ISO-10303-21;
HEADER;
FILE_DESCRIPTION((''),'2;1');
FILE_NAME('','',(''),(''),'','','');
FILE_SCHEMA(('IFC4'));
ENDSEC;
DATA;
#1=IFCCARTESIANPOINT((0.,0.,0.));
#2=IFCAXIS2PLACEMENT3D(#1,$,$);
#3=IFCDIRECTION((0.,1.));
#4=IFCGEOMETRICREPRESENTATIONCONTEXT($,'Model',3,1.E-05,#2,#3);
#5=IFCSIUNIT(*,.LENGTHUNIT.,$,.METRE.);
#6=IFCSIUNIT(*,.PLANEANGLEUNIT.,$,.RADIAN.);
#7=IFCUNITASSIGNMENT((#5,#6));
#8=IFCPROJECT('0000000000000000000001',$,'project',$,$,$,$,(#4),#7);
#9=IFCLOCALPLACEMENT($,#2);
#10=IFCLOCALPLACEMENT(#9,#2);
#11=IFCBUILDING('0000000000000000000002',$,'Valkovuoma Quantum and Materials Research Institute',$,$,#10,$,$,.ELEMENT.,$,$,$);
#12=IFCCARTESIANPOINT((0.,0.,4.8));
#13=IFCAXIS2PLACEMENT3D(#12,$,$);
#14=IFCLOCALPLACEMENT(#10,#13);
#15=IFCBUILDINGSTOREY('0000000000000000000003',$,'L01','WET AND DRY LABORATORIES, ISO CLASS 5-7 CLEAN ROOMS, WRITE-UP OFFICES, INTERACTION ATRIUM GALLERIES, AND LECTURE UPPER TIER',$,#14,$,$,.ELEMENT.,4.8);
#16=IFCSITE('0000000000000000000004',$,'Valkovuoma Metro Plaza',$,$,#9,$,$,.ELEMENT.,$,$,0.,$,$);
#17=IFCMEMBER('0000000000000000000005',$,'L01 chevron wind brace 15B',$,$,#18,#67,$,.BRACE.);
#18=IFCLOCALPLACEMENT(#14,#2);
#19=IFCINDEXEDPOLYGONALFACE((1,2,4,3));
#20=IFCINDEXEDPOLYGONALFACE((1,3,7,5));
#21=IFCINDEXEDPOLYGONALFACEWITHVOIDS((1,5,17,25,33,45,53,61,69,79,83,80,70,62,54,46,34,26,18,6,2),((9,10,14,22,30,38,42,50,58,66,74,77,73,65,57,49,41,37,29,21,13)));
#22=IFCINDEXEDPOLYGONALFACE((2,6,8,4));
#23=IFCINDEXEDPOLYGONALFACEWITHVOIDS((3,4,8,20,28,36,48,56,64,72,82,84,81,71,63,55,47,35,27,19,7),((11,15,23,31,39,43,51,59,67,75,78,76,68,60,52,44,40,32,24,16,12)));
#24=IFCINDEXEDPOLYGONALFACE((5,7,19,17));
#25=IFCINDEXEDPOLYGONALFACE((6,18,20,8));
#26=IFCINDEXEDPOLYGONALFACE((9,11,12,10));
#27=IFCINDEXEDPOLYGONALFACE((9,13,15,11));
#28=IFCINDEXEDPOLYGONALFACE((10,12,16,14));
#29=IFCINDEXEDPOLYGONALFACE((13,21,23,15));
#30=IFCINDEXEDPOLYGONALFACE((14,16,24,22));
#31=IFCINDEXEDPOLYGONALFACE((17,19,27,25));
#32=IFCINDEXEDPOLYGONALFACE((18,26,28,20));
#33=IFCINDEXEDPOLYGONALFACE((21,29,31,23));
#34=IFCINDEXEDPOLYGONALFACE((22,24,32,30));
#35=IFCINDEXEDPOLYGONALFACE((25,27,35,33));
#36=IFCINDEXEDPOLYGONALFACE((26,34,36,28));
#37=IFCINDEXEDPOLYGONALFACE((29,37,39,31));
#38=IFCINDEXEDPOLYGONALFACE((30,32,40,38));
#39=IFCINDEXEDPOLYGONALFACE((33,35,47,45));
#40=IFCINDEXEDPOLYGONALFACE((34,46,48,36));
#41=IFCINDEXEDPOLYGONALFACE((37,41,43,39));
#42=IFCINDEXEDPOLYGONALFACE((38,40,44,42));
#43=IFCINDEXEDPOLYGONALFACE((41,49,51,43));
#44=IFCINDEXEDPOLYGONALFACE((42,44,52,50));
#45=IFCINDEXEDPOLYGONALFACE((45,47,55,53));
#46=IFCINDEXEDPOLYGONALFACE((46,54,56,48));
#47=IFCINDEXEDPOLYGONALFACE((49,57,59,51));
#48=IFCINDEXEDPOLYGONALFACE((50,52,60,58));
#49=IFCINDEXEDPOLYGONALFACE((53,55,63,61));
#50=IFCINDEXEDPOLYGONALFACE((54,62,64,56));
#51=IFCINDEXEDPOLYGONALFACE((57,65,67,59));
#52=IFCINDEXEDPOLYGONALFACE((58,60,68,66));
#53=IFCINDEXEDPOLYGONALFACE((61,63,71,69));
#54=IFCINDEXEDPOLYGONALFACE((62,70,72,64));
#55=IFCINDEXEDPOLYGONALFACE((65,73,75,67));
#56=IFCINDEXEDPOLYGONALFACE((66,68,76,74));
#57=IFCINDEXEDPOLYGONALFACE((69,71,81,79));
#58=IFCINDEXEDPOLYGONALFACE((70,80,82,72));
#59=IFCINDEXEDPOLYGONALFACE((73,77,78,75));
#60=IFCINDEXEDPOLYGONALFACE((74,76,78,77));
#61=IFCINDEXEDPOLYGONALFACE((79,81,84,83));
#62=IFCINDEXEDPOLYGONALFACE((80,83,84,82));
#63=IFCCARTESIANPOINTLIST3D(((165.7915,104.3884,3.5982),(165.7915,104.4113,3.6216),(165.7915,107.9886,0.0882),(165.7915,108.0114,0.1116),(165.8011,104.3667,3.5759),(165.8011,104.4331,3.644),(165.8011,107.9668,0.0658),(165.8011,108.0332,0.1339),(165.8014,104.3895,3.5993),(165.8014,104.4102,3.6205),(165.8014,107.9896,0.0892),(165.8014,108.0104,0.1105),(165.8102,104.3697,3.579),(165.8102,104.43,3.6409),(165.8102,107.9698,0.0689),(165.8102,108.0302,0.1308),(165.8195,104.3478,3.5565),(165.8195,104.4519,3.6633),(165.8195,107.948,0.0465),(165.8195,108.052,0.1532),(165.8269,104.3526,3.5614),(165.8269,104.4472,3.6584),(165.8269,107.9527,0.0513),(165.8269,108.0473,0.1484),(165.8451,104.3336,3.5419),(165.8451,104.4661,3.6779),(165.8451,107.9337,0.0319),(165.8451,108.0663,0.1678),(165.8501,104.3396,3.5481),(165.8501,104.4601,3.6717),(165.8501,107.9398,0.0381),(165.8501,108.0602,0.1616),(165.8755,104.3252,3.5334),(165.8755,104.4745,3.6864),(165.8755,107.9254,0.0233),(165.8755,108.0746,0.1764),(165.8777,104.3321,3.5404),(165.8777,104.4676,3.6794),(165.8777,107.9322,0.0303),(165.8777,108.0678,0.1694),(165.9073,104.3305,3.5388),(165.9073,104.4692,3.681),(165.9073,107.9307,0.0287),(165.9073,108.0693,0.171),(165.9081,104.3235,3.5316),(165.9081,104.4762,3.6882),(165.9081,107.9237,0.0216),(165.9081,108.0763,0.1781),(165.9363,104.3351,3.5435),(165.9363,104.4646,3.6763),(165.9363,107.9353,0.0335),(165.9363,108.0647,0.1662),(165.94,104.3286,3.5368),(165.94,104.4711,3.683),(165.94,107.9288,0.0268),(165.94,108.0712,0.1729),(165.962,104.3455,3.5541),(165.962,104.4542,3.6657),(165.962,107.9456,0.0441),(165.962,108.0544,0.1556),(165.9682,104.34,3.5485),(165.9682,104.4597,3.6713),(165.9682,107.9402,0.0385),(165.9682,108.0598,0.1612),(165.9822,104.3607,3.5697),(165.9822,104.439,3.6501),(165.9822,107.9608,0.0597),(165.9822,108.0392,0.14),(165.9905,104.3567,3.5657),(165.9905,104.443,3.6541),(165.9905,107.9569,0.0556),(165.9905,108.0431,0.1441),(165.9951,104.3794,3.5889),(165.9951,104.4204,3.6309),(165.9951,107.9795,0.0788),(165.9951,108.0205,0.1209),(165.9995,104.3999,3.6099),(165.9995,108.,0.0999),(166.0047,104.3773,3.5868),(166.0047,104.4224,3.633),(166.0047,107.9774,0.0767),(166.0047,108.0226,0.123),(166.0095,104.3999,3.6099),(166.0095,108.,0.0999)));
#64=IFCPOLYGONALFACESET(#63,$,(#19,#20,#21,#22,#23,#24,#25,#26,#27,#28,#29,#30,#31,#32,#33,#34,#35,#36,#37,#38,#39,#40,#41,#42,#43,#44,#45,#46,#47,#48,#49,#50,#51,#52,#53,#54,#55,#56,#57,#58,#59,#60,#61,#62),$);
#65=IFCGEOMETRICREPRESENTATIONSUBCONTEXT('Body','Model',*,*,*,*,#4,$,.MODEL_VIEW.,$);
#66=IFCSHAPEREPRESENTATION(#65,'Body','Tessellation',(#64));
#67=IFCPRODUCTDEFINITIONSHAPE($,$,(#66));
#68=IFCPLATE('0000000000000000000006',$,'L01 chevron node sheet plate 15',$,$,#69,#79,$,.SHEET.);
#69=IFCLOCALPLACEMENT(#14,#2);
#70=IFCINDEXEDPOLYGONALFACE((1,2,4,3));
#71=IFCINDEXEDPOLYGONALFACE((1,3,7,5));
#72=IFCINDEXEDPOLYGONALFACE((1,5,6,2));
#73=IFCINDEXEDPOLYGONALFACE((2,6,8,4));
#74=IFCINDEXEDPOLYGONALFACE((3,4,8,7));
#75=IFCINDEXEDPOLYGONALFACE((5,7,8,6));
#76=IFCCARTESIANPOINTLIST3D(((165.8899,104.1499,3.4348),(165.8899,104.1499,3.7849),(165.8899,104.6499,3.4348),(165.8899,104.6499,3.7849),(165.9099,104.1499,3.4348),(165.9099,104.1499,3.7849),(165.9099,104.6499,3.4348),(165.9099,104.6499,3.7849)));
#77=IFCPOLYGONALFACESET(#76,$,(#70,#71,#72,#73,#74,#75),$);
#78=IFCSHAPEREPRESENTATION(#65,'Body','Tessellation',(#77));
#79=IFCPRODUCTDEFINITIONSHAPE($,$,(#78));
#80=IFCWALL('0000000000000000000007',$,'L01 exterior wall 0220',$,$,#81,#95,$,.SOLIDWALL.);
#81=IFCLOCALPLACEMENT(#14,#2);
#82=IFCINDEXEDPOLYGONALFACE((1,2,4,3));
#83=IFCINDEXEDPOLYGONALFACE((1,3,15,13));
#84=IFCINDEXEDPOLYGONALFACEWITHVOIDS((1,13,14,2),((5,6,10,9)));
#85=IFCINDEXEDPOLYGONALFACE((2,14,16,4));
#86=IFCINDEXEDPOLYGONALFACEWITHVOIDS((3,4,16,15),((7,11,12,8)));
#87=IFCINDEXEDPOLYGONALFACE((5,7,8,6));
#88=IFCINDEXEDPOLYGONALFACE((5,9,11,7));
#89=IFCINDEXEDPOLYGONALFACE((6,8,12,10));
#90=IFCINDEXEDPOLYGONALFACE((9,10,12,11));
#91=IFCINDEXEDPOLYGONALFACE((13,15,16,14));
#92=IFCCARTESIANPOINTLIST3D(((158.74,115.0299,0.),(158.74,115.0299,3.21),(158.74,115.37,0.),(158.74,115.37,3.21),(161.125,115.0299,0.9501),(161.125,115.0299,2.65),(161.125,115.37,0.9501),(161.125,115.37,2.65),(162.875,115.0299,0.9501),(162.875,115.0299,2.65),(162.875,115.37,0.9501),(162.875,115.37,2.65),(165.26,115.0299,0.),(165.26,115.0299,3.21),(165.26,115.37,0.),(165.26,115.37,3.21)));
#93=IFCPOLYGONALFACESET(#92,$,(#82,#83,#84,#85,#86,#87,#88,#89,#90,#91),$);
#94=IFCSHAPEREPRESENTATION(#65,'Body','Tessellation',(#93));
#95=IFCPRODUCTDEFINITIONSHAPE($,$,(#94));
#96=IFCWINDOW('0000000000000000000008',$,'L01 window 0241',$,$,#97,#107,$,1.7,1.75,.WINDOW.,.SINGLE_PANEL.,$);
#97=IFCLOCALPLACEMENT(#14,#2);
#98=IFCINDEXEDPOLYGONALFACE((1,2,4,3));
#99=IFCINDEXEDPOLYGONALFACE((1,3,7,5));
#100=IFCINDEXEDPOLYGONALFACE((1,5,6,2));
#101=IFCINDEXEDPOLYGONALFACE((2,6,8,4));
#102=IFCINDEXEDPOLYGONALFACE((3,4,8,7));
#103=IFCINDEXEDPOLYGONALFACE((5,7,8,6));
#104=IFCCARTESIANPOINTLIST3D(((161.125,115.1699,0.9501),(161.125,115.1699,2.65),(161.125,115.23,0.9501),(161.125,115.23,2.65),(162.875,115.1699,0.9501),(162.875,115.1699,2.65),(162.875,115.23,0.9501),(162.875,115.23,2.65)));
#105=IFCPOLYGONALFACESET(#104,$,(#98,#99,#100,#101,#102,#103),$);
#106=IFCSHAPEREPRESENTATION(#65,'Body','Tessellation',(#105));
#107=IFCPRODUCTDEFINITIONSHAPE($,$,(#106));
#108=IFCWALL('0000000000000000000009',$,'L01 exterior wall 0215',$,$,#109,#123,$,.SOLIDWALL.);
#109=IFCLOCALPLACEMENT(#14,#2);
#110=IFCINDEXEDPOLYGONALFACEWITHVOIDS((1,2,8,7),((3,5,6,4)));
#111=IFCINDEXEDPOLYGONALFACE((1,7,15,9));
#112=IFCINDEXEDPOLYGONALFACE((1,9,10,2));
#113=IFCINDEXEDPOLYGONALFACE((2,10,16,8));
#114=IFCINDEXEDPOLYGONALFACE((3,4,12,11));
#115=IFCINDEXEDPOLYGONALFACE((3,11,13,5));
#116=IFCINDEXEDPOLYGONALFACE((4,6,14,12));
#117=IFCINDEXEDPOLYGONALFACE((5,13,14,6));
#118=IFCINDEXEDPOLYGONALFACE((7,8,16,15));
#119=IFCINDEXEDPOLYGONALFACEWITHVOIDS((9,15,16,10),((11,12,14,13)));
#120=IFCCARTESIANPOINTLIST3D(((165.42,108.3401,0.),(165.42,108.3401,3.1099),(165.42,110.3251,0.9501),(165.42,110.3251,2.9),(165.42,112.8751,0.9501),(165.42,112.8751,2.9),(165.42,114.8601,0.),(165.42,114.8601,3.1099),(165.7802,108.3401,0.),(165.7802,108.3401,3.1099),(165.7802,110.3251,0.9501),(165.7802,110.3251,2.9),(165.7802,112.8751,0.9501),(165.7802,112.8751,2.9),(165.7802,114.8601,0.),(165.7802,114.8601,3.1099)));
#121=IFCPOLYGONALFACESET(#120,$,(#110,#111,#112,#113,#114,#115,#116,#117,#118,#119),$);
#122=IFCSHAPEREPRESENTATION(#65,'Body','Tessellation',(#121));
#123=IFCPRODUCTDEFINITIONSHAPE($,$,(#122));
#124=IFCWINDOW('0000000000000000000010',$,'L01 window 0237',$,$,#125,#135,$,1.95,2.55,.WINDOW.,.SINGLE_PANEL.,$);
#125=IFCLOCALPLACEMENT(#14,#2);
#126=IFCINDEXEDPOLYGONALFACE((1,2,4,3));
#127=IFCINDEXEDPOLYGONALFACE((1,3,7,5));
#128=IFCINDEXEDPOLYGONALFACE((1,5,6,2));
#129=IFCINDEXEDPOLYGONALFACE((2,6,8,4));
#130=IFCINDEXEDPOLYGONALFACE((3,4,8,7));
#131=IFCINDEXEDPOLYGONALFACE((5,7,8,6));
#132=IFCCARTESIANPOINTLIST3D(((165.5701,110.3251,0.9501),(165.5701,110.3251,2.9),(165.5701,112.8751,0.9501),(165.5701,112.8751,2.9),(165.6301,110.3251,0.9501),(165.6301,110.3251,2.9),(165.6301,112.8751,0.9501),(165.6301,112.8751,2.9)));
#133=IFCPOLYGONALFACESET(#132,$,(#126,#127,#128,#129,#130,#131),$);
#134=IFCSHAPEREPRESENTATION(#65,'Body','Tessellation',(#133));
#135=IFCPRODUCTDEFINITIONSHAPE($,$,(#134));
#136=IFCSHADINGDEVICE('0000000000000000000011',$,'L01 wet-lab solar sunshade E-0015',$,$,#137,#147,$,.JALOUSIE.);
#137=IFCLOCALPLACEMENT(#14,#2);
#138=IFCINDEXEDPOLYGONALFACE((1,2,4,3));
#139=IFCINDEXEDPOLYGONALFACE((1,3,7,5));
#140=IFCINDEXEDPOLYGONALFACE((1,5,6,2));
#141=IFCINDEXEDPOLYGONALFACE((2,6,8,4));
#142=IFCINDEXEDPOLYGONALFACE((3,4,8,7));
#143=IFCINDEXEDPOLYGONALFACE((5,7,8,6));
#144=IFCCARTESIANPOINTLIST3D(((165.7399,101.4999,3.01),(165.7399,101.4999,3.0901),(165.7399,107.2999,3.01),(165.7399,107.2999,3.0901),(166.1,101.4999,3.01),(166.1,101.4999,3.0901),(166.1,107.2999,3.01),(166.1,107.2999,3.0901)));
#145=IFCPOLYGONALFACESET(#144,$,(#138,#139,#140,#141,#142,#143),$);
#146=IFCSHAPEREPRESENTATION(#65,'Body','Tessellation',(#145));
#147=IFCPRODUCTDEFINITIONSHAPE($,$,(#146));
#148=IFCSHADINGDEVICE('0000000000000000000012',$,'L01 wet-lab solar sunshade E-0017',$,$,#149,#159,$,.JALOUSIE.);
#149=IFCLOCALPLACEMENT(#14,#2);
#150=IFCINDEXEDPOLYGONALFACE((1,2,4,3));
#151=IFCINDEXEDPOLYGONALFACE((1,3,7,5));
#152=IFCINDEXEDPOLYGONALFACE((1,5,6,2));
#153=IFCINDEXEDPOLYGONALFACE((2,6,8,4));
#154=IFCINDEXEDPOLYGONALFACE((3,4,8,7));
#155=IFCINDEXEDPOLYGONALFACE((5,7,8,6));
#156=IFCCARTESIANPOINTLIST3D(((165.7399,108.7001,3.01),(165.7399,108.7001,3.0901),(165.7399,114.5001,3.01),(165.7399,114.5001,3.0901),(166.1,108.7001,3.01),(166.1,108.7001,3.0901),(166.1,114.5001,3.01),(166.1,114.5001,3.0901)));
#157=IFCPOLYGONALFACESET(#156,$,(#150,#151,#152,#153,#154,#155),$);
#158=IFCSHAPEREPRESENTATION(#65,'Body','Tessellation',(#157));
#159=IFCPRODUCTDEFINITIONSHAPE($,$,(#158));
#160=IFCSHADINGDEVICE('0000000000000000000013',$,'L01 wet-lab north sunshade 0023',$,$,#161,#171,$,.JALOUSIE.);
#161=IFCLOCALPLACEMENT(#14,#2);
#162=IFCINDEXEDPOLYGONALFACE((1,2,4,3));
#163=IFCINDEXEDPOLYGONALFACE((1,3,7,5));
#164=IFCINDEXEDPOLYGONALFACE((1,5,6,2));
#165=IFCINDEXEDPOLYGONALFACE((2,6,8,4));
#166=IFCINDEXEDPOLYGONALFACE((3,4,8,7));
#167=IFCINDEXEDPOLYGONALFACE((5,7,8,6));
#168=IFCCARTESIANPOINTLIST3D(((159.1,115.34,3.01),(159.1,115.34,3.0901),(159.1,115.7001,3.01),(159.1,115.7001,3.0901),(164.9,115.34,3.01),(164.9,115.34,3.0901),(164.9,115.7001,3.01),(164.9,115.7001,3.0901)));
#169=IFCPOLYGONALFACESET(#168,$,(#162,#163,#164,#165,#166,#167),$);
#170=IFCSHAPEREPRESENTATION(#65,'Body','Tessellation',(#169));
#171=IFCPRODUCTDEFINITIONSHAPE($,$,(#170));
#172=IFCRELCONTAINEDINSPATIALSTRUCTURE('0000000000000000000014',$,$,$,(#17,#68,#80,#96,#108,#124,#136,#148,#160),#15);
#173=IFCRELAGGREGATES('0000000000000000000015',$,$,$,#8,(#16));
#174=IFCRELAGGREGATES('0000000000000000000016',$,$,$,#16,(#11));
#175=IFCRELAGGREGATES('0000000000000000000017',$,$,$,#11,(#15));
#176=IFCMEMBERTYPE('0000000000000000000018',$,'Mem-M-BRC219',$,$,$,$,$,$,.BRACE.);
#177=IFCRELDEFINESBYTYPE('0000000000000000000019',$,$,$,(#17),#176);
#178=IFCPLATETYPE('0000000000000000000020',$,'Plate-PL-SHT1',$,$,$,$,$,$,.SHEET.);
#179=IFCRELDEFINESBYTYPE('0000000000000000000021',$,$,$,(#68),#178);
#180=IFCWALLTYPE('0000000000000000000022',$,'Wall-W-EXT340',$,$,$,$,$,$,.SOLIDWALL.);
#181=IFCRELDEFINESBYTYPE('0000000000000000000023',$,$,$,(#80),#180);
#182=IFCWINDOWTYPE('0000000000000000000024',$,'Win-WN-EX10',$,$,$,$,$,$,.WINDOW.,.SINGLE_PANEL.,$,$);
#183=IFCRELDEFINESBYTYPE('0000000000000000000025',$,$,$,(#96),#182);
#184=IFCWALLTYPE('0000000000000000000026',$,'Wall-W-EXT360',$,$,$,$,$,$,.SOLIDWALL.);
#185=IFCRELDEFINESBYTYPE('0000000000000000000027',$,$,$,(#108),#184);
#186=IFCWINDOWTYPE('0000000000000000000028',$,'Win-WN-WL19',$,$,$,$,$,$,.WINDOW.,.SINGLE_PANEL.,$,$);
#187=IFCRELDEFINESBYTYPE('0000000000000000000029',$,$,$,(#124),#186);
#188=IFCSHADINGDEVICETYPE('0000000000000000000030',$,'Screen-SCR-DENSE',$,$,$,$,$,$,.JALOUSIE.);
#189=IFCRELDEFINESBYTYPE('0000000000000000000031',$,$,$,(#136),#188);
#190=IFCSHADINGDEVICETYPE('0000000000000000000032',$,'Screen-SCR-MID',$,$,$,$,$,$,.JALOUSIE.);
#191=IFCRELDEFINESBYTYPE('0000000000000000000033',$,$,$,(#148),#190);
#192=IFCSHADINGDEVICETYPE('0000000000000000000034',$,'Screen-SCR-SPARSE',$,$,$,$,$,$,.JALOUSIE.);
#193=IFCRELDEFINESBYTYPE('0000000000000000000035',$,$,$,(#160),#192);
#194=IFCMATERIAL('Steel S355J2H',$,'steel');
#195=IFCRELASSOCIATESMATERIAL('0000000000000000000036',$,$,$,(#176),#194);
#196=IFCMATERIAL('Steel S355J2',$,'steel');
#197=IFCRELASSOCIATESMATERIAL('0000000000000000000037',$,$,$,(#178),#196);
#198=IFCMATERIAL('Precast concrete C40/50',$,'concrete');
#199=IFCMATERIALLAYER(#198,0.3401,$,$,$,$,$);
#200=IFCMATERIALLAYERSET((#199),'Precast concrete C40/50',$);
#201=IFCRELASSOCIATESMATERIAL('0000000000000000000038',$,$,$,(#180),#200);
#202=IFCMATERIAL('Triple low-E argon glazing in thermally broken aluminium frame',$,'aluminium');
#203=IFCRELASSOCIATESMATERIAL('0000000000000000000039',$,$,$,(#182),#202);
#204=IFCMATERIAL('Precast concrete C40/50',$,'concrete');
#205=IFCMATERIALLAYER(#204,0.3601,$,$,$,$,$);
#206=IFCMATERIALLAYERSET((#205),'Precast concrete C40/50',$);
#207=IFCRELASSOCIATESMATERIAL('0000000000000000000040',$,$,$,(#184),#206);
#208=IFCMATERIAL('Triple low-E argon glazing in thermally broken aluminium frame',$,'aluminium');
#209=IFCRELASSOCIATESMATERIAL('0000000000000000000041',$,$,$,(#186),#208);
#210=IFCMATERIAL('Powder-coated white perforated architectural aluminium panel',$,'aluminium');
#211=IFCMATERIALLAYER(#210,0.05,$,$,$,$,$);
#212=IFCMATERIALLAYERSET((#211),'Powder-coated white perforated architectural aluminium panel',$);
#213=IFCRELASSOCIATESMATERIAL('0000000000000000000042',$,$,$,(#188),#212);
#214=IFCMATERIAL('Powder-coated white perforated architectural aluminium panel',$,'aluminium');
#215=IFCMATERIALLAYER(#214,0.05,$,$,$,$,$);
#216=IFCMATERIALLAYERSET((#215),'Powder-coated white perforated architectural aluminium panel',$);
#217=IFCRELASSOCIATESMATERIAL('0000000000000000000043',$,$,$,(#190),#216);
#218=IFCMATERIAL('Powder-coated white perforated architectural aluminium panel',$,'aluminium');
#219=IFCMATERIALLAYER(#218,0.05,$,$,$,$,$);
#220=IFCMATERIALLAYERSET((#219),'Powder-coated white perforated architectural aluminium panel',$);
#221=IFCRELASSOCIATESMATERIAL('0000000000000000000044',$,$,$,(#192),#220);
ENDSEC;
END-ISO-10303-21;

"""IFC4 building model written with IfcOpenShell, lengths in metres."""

from ifc_helpers import new_model, si_unit, direction, frame, frame_2d, origin, origin_2d, place, context, subcontext, project, spatial, rectangle, hollow_circle, extrude, material, layer, layer_set, material_profile, profile_set, type_object, element, fill, save


model = new_model("IFC4")

# Units and contexts
model_context = context("Model", 3, precision=1e-05, world=origin(), true_north=direction((0.0, 1.0)))
body_context = subcontext(model_context, "Body", "Model", "MODEL_VIEW")
ifc_project = project(units=[si_unit("LENGTHUNIT", "METRE"), si_unit("PLANEANGLEUNIT", "RADIAN")], contexts=[model_context])

# Site, building, storey
site_placement = place(None, origin())
site = spatial("IfcSite", under=ifc_project, at=site_placement, Name="Valkovuoma Metro Plaza", CompositionType="ELEMENT", RefElevation=0.0)
building_placement = place(site_placement, origin())
building = spatial("IfcBuilding", under=site, at=building_placement, Name="Valkovuoma Quantum and Materials Research Institute", CompositionType="ELEMENT")
storey_placement = place(building_placement, frame((0.0, 0.0, 4.8)))
storey = spatial("IfcBuildingStorey", under=building, at=storey_placement, Name="L01", Description="WET AND DRY LABORATORIES, ISO CLASS 5-7 CLEAN ROOMS, WRITE-UP OFFICES, INTERACTION ATRIUM GALLERIES, AND LECTURE UPPER TIER", CompositionType="ELEMENT", Elevation=4.8)

# Member
ifc_material_1 = material(Name="Steel S355J2H", Category="steel")
ifc_material_profile_1 = material_profile(ifc_material_1, hollow_circle(Radius=0.1096, WallThickness=0.01, at=origin_2d()), Name="Steel S355J2H")
ifc_profile_set_1 = profile_set([ifc_material_profile_1], Name="Steel S355J2H")
member_type = type_object("IfcMemberType", Name="Mem-M-BRC219", PredefinedType="BRACE", material=ifc_profile_set_1)
member_placement = place(storey_placement, frame((165.8999, 108.0, 0.0999), z_axis=(0.0, -0.716009, 0.698091), x_axis=(1.0, 0.0, 0.0)))
element("IfcMember", 1, at=member_placement, inside=storey, type_object=member_type, Name="L01 chevron wind brace 15B", PredefinedType="BRACE", context=body_context, shape_type="SweptSolid", body=[
    extrude(hollow_circle(Radius=0.1096, WallThickness=0.01, at=origin_2d()), origin(), (0.0, 0.0, 1.0), 5.0281),
])

# Plate
ifc_material_2 = material(Name="Steel S355J2", Category="steel")
plate_type = type_object("IfcPlateType", Name="Plate-PL-SHT1", PredefinedType="SHEET", material=ifc_material_2)
plate_placement = place(storey_placement, frame((165.8999, 104.3999, 3.4348), z_axis=(0.0, 0.0, 1.0), x_axis=(0.0, 1.0, 0.0)))
element("IfcPlate", 2, at=plate_placement, inside=storey, type_object=plate_type, Name="L01 chevron node sheet plate 15", PredefinedType="SHEET", context=body_context, shape_type="SweptSolid", body=[
    extrude(rectangle(XDim=0.5, YDim=0.02, at=origin_2d()), origin(), (0.0, 0.0, 1.0), 0.3501),
])

# Walls, openings, windows
ifc_material_3 = material(Name="Precast concrete C40/50", Category="concrete")
ifc_layer_1 = layer(ifc_material_3, 0.3401)
ifc_layer_set_1 = layer_set([ifc_layer_1], Name="Precast concrete C40/50")
wall_type_1 = type_object("IfcWallType", Name="Wall-W-EXT340", PredefinedType="SOLIDWALL", material=ifc_layer_set_1)
wall_1_placement = place(storey_placement, frame((158.74, 115.2, 0.0), z_axis=(0.0, 0.0, 1.0), x_axis=(1.0, 0.0, 0.0)))
wall_1 = element("IfcWall", 3, at=wall_1_placement, inside=storey, type_object=wall_type_1, Name="L01 exterior wall 0220", PredefinedType="SOLIDWALL", context=body_context, shape_type="SweptSolid", body=[
    extrude(rectangle(XDim=6.52, YDim=0.3401, at=frame_2d((3.26, 0.0))), origin(), (0.0, 0.0, 1.0), 3.21),
])
opening_1_placement = place(wall_1_placement, frame((2.385, 0.0, 0.95)))
opening_1 = element("IfcOpeningElement", 4, at=opening_1_placement, cuts=wall_1, PredefinedType="OPENING", context=body_context, shape_type="SweptSolid", body=[
    extrude(rectangle(XDim=1.75, YDim=1.7, at=frame_2d((0.875, 0.8501))), frame((0.0, 0.1802, 0.0), z_axis=(0.0, -1.0, 0.0), x_axis=(1.0, 0.0, 0.0)), (0.0, 0.0, 1.0), 0.3601),
])
ifc_material_4 = material(Name="Triple low-E argon glazing in thermally broken aluminium frame", Category="aluminium")
window_type_1 = type_object("IfcWindowType", Name="Win-WN-EX10", PartitioningType="SINGLE_PANEL", PredefinedType="WINDOW", material=ifc_material_4)
window_1_placement = place(opening_1_placement, origin())
window_1 = element("IfcWindow", 5, at=window_1_placement, inside=storey, type_object=window_type_1, Name="L01 window 0241", OverallHeight=1.7, OverallWidth=1.75, PartitioningType="SINGLE_PANEL", PredefinedType="WINDOW", context=body_context, shape_type="SweptSolid", body=[
    extrude(rectangle(XDim=1.75, YDim=1.7, at=frame_2d((0.875, 0.8501))), frame((0.0, 0.03, 0.0), z_axis=(0.0, -1.0, 0.0), x_axis=(1.0, 0.0, 0.0)), (0.0, 0.0, 1.0), 0.0601),
])
fill(opening_1, window_1)
ifc_material_5 = material(Name="Precast concrete C40/50", Category="concrete")
ifc_layer_2 = layer(ifc_material_5, 0.3601)
ifc_layer_set_2 = layer_set([ifc_layer_2], Name="Precast concrete C40/50")
wall_type_2 = type_object("IfcWallType", Name="Wall-W-EXT360", PredefinedType="SOLIDWALL", material=ifc_layer_set_2)
wall_2_placement = place(storey_placement, frame((165.6001, 108.3401, 0.0), z_axis=(0.0, 0.0, 1.0), x_axis=(0.0, 1.0, 0.0)))
wall_2 = element("IfcWall", 6, at=wall_2_placement, inside=storey, type_object=wall_type_2, Name="L01 exterior wall 0215", PredefinedType="SOLIDWALL", context=body_context, shape_type="SweptSolid", body=[
    extrude(rectangle(XDim=6.52, YDim=0.3601, at=frame_2d((3.26, 0.0))), origin(), (0.0, 0.0, 1.0), 3.1099),
])
opening_2_placement = place(wall_2_placement, frame((1.9851, 0.0, 0.95)))
opening_2 = element("IfcOpeningElement", 7, at=opening_2_placement, cuts=wall_2, PredefinedType="OPENING", context=body_context, shape_type="SweptSolid", body=[
    extrude(rectangle(XDim=2.55, YDim=1.95, at=frame_2d((1.2749, 0.9751))), frame((0.0, 0.1899, 0.0), z_axis=(0.0, -1.0, 0.0), x_axis=(1.0, 0.0, 0.0)), (0.0, 0.0, 1.0), 0.3801),
])
ifc_material_6 = material(Name="Triple low-E argon glazing in thermally broken aluminium frame", Category="aluminium")
window_type_2 = type_object("IfcWindowType", Name="Win-WN-WL19", PartitioningType="SINGLE_PANEL", PredefinedType="WINDOW", material=ifc_material_6)
window_2_placement = place(opening_2_placement, origin())
window_2 = element("IfcWindow", 8, at=window_2_placement, inside=storey, type_object=window_type_2, Name="L01 window 0237", OverallHeight=1.95, OverallWidth=2.55, PartitioningType="SINGLE_PANEL", PredefinedType="WINDOW", context=body_context, shape_type="SweptSolid", body=[
    extrude(rectangle(XDim=2.55, YDim=1.95, at=frame_2d((1.2749, 0.9751))), frame((0.0, 0.03, 0.0), z_axis=(0.0, -1.0, 0.0), x_axis=(1.0, 0.0, 0.0)), (0.0, 0.0, 1.0), 0.0601),
])
fill(opening_2, window_2)

# Shading devices
ifc_material_7 = material(Name="Powder-coated white perforated architectural aluminium panel", Category="aluminium")
ifc_layer_3 = layer(ifc_material_7, 0.05)
ifc_layer_set_3 = layer_set([ifc_layer_3], Name="Powder-coated white perforated architectural aluminium panel")
shading_device_type_1 = type_object("IfcShadingDeviceType", Name="Screen-SCR-DENSE", PredefinedType="JALOUSIE", material=ifc_layer_set_3)
shading_device_1_placement = place(storey_placement, frame((165.9199, 104.3999, 3.01), z_axis=(0.0, 0.0, 1.0), x_axis=(1.0, 0.0, 0.0)))
element("IfcShadingDevice", 9, at=shading_device_1_placement, inside=storey, type_object=shading_device_type_1, Name="L01 wet-lab solar sunshade E-0015", PredefinedType="JALOUSIE", context=body_context, shape_type="SweptSolid", body=[
    extrude(rectangle(XDim=0.3601, YDim=5.8, at=origin_2d()), origin(), (0.0, 0.0, 1.0), 0.0801),
])
ifc_material_8 = material(Name="Powder-coated white perforated architectural aluminium panel", Category="aluminium")
ifc_layer_4 = layer(ifc_material_8, 0.05)
ifc_layer_set_4 = layer_set([ifc_layer_4], Name="Powder-coated white perforated architectural aluminium panel")
shading_device_type_2 = type_object("IfcShadingDeviceType", Name="Screen-SCR-MID", PredefinedType="JALOUSIE", material=ifc_layer_set_4)
shading_device_2_placement = place(storey_placement, frame((165.9199, 111.6001, 3.01), z_axis=(0.0, 0.0, 1.0), x_axis=(1.0, 0.0, 0.0)))
element("IfcShadingDevice", 10, at=shading_device_2_placement, inside=storey, type_object=shading_device_type_2, Name="L01 wet-lab solar sunshade E-0017", PredefinedType="JALOUSIE", context=body_context, shape_type="SweptSolid", body=[
    extrude(rectangle(XDim=0.3601, YDim=5.8, at=origin_2d()), origin(), (0.0, 0.0, 1.0), 0.0801),
])
ifc_material_9 = material(Name="Powder-coated white perforated architectural aluminium panel", Category="aluminium")
ifc_layer_5 = layer(ifc_material_9, 0.05)
ifc_layer_set_5 = layer_set([ifc_layer_5], Name="Powder-coated white perforated architectural aluminium panel")
shading_device_type_3 = type_object("IfcShadingDeviceType", Name="Screen-SCR-SPARSE", PredefinedType="JALOUSIE", material=ifc_layer_set_5)
shading_device_3_placement = place(storey_placement, frame((162.0, 115.52, 3.01), z_axis=(0.0, 0.0, 1.0), x_axis=(1.0, 0.0, 0.0)))
element("IfcShadingDevice", 11, at=shading_device_3_placement, inside=storey, type_object=shading_device_type_3, Name="L01 wet-lab north sunshade 0023", PredefinedType="JALOUSIE", context=body_context, shape_type="SweptSolid", body=[
    extrude(rectangle(XDim=5.8, YDim=0.3601, at=origin_2d()), origin(), (0.0, 0.0, 1.0), 0.0801),
])

save(model, "model.ifc")
